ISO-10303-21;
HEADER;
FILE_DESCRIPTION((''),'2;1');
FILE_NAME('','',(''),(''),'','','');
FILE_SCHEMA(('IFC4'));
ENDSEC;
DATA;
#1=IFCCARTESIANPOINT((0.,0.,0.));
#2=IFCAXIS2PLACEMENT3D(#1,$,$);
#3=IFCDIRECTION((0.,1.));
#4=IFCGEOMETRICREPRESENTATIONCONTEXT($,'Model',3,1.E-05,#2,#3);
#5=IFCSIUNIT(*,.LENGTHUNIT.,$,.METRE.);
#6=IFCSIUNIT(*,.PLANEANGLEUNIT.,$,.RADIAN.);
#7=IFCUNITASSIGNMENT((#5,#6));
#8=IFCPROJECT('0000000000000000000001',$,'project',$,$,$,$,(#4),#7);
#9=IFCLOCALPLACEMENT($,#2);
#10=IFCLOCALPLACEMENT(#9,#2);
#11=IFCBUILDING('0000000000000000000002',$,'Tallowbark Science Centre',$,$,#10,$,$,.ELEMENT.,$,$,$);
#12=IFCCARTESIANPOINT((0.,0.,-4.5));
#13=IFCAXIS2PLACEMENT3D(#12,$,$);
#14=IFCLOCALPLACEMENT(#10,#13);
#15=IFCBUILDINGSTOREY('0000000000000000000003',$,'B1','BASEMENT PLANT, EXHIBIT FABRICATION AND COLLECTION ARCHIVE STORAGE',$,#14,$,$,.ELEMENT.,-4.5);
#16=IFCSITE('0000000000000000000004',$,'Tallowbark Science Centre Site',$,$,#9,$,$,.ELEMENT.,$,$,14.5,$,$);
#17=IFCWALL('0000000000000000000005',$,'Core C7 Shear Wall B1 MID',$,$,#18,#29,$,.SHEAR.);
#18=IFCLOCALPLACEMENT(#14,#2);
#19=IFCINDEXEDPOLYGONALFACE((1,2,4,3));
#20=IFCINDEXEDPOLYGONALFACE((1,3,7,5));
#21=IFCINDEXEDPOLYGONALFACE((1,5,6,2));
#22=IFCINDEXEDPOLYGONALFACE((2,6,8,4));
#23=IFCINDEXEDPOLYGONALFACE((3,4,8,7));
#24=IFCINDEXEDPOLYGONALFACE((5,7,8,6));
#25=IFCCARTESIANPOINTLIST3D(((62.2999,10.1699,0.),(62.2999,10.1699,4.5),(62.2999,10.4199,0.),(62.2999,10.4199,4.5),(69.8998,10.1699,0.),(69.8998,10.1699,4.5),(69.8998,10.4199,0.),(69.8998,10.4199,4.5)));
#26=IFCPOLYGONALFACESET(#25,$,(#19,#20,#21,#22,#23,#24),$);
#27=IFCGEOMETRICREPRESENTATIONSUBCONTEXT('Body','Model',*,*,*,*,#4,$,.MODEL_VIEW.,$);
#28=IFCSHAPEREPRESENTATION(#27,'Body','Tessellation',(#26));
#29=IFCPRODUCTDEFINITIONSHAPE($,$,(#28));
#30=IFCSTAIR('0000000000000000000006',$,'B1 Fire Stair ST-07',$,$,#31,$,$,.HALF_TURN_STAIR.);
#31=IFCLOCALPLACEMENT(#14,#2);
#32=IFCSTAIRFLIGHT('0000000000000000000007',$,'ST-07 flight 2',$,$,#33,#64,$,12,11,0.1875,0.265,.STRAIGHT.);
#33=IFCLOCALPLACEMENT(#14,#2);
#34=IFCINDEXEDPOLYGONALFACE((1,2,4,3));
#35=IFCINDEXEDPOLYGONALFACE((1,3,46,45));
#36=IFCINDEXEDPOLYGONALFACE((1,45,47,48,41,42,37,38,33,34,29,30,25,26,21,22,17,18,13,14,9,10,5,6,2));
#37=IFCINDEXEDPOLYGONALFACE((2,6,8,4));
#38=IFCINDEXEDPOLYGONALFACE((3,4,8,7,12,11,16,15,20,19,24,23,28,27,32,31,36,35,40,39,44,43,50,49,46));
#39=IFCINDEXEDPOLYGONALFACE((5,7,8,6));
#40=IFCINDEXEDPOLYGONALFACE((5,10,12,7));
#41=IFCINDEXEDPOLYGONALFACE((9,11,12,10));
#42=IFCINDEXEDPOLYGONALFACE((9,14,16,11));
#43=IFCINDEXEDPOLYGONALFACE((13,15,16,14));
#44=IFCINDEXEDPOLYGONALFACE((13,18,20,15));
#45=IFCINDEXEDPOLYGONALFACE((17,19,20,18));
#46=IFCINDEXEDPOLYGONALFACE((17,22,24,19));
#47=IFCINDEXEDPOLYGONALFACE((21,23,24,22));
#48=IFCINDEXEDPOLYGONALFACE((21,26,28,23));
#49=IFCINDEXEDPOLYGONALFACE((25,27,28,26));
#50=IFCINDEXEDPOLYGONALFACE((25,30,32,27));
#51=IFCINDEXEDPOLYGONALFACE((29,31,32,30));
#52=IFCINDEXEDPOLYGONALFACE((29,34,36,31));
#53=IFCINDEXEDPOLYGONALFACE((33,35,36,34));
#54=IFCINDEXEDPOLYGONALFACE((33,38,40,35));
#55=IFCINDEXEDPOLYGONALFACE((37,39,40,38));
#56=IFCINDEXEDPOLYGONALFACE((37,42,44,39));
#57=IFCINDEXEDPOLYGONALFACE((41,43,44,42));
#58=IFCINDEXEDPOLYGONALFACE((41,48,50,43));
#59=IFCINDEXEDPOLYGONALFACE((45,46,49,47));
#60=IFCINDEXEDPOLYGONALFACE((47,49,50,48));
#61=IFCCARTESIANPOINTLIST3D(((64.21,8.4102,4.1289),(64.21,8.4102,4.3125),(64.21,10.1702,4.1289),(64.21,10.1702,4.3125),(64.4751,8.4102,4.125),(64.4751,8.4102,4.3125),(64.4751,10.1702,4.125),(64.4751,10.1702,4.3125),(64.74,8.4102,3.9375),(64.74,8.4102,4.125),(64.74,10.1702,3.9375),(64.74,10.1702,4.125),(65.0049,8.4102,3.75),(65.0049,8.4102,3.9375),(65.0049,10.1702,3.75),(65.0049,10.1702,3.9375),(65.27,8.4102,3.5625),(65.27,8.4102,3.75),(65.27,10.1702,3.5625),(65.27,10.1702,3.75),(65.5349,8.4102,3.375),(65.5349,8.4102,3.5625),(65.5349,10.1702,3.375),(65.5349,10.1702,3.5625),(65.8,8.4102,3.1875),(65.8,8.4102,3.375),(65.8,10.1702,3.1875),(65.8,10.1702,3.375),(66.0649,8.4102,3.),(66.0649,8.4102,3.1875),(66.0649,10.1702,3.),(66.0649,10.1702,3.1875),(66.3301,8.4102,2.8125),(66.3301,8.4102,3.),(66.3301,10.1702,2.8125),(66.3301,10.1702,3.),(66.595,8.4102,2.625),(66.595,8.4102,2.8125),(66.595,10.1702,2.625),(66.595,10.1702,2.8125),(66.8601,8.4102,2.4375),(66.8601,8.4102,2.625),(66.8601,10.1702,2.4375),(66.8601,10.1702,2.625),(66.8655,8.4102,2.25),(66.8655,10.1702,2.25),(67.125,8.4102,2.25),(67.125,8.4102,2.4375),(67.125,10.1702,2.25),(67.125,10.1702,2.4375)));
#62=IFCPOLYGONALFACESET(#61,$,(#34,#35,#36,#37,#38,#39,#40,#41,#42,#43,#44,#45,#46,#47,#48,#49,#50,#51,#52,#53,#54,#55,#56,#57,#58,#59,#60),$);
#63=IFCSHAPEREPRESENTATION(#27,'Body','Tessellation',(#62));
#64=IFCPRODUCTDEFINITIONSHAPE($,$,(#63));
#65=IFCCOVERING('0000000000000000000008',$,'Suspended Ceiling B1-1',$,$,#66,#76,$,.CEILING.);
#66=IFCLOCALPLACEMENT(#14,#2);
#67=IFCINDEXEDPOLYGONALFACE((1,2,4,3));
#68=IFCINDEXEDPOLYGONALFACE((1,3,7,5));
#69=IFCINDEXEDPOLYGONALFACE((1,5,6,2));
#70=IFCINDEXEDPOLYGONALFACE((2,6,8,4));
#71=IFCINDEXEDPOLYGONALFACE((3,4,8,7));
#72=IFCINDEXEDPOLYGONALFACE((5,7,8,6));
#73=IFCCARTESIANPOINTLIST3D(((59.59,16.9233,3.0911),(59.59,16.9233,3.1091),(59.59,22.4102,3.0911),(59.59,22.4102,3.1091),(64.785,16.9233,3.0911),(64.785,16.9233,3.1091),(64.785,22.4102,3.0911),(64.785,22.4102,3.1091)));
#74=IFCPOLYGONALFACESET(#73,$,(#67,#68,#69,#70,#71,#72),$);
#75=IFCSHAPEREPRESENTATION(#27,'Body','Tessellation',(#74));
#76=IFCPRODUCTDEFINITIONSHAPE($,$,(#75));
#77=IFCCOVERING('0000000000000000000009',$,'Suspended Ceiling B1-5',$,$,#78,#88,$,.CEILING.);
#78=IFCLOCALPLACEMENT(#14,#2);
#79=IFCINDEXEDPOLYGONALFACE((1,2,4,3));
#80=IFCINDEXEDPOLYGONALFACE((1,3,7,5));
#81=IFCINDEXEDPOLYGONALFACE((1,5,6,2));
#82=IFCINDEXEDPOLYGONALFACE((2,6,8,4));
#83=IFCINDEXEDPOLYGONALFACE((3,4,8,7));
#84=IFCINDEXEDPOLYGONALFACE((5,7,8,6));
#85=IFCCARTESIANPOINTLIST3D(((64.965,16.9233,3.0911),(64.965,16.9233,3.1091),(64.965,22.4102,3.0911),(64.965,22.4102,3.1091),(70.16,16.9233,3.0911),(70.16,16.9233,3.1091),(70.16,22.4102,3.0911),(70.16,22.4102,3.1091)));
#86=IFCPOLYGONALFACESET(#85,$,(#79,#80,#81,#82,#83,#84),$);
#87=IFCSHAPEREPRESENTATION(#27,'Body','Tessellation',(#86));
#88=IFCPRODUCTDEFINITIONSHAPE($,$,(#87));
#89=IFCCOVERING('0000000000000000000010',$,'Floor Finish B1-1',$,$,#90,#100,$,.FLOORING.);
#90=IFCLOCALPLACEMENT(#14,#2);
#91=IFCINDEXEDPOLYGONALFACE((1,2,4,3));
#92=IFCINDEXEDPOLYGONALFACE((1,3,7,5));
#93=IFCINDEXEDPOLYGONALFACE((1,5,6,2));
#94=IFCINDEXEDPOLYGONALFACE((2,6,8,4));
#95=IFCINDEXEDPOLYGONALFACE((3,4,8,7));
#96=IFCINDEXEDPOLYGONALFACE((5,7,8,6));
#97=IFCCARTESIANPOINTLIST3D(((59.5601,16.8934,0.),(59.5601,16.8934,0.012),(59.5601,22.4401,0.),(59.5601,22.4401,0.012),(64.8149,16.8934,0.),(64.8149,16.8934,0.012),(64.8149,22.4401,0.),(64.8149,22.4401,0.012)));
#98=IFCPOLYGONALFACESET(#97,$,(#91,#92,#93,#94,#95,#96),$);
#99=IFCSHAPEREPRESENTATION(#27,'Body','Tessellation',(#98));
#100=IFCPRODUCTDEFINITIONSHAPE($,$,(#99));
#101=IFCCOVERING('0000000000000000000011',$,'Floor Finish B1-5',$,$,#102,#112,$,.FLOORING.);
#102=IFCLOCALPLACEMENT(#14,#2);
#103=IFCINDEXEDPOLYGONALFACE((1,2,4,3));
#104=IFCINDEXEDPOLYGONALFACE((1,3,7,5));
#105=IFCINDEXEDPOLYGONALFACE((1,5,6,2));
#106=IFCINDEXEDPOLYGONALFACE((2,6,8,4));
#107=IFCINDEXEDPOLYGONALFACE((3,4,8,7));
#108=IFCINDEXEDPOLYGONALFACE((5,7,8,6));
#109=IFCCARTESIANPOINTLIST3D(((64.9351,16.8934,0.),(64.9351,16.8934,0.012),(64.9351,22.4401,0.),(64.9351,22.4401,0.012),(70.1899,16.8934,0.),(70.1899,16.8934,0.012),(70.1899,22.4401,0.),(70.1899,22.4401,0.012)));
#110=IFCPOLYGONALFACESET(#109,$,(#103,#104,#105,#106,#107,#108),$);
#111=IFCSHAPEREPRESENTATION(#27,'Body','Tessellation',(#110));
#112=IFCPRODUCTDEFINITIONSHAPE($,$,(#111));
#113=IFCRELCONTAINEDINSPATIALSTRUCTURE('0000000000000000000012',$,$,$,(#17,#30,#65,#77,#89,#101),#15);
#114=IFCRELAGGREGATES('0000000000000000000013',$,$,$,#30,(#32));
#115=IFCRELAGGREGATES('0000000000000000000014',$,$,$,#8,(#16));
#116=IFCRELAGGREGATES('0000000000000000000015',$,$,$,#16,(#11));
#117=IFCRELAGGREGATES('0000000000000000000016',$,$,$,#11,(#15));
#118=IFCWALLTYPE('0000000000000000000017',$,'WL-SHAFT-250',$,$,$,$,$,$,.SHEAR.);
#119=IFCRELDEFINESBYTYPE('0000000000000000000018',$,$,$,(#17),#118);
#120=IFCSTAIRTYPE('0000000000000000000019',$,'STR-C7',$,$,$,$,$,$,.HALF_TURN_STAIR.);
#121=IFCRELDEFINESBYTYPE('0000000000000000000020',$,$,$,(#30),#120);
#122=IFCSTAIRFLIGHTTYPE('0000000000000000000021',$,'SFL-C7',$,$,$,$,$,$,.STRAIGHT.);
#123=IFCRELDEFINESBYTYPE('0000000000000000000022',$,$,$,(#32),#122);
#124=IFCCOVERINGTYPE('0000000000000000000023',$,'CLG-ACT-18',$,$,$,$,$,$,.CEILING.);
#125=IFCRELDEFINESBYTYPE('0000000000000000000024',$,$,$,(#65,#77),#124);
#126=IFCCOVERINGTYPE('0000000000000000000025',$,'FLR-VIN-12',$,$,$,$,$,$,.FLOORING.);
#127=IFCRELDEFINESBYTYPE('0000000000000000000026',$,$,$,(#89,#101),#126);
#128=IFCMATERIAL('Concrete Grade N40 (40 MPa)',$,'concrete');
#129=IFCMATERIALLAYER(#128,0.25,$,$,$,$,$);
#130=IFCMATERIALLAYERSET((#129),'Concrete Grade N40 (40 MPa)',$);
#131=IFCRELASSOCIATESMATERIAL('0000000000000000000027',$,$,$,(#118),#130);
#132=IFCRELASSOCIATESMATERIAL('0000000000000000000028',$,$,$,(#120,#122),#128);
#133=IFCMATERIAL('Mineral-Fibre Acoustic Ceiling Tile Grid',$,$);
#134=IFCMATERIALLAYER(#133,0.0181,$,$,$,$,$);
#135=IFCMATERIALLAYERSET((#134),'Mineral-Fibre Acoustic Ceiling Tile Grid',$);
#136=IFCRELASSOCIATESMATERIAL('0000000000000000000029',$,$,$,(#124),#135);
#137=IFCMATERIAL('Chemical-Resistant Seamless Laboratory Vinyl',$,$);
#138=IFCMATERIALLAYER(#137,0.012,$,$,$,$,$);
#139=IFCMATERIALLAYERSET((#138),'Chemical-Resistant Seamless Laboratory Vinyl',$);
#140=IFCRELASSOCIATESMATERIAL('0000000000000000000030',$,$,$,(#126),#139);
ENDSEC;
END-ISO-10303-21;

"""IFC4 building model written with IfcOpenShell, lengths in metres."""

from ifc_helpers import new_model, si_unit, direction, frame, frame_2d, origin, origin_2d, place, context, subcontext, project, spatial, polyline, rectangle, outline, extrude, material, layer, layer_set, type_object, element, aggregate, save


model = new_model("IFC4")

# Units and contexts
model_context = context("Model", 3, precision=1e-05, world=origin(), true_north=direction((0.0, 1.0)))
body_context = subcontext(model_context, "Body", "Model", "MODEL_VIEW")
ifc_project = project(units=[si_unit("LENGTHUNIT", "METRE"), si_unit("PLANEANGLEUNIT", "RADIAN")], contexts=[model_context])

# Site, building, storey
site_placement = place(None, origin())
site = spatial("IfcSite", under=ifc_project, at=site_placement, Name="Tallowbark Science Centre Site", CompositionType="ELEMENT", RefElevation=14.5)
building_placement = place(site_placement, origin())
building = spatial("IfcBuilding", under=site, at=building_placement, Name="Tallowbark Science Centre", CompositionType="ELEMENT")
storey_placement = place(building_placement, frame((0.0, 0.0, -4.5)))
storey = spatial("IfcBuildingStorey", under=building, at=storey_placement, Name="B1", Description="BASEMENT PLANT, EXHIBIT FABRICATION AND COLLECTION ARCHIVE STORAGE", CompositionType="ELEMENT", Elevation=-4.5)

# Shared definitions
ifc_material_1 = material(Name="Concrete Grade N40 (40 MPa)", Category="concrete")

# Wall
ifc_layer_1 = layer(ifc_material_1, 0.25)
ifc_layer_set_1 = layer_set([ifc_layer_1], Name="Concrete Grade N40 (40 MPa)")
wall_type_1 = type_object("IfcWallType", Name="WL-SHAFT-250", PredefinedType="SHEAR", material=ifc_layer_set_1)
wall_1_placement = place(storey_placement, frame((62.3, 10.2949, 0.0), z_axis=(0.0, 0.0, 1.0), x_axis=(1.0, 0.0, 0.0)))
element("IfcWall", 1, at=wall_1_placement, inside=storey, type_object=wall_type_1, Name="Core C7 Shear Wall B1 MID", PredefinedType="SHEAR", context=body_context, shape_type="SweptSolid", body=[
    extrude(rectangle(XDim=7.5999, YDim=0.25, at=frame_2d((3.7998, 0.0))), origin(), (0.0, 0.0, 1.0), 4.5),
])

# Stair, stair flight
stair_type = type_object("IfcStairType", Name="STR-C7", PredefinedType="HALF_TURN_STAIR", material=ifc_material_1)
stair_placement = place(storey_placement, origin())
stair = element("IfcStair", 2, at=stair_placement, inside=storey, type_object=stair_type, Name="B1 Fire Stair ST-07", PredefinedType="HALF_TURN_STAIR")
stair_flight_type = type_object("IfcStairFlightType", Name="SFL-C7", PredefinedType="STRAIGHT", material=ifc_material_1)
stair_flight_placement = place(storey_placement, frame((67.125, 9.29, 2.25), z_axis=(0.0, 0.0, 1.0), x_axis=(-1.0, 0.0, 0.0)))
stair_flight = element("IfcStairFlight", 3, at=stair_flight_placement, type_object=stair_flight_type, Name="ST-07 flight 2", NumberOfRisers=12, NumberOfTreads=11, PredefinedType="STRAIGHT", RiserHeight=0.1875, TreadLength=0.265, context=body_context, shape_type="SweptSolid", body=[
    extrude(outline(polyline([(0.0, 0.0), (0.0, 0.1875), (0.2649, 0.1875), (0.2649, 0.375), (0.53, 0.375), (0.53, 0.5625), (0.7949, 0.5625), (0.7949, 0.75), (1.0601, 0.75), (1.0601, 0.9375), (1.325, 0.9375), (1.325, 1.125), (1.5901, 1.125), (1.5901, 1.3125), (1.855, 1.3125), (1.855, 1.5), (2.1201, 1.5), (2.1201, 1.6875), (2.385, 1.6875), (2.385, 1.875), (2.6499, 1.875), (2.6499, 2.0625), (2.915, 2.0625), (2.915, 2.25), (2.915, 1.8789), (0.2595, 0.0), (0.0, 0.0)])), frame((0.0, 0.8799, 0.0), z_axis=(0.0, -1.0, 0.0), x_axis=(1.0, 0.0, 0.0)), (0.0, 0.0, 1.0), 1.76),
])
aggregate(stair, [stair_flight])

# Coverings
ifc_material_2 = material(Name="Mineral-Fibre Acoustic Ceiling Tile Grid")
ifc_layer_2 = layer(ifc_material_2, 0.0181)
ifc_layer_set_2 = layer_set([ifc_layer_2], Name="Mineral-Fibre Acoustic Ceiling Tile Grid")
covering_type_1 = type_object("IfcCoveringType", Name="CLG-ACT-18", PredefinedType="CEILING", material=ifc_layer_set_2)
for number, where, z_axis, x_axis, name in (
    (4, (62.1875, 19.6667, 3.0911), (0.0, 0.0, 1.0), (1.0, 0.0, 0.0), "Suspended Ceiling B1-1"),
    (5, (67.5625, 19.6667, 3.0911), (0.0, 0.0, 1.0), (1.0, 0.0, 0.0), "Suspended Ceiling B1-5"),
):
    element("IfcCovering", number, at=place(storey_placement, frame(where, z_axis=z_axis, x_axis=x_axis)), inside=storey, type_object=covering_type_1, Name=name, PredefinedType="CEILING", context=body_context, shape_type="SweptSolid", body=[
        extrude(rectangle(XDim=5.1951, YDim=5.4868, at=origin_2d()), origin(), (0.0, 0.0, 1.0), 0.0181),
    ])
ifc_material_3 = material(Name="Chemical-Resistant Seamless Laboratory Vinyl")
ifc_layer_3 = layer(ifc_material_3, 0.012)
ifc_layer_set_3 = layer_set([ifc_layer_3], Name="Chemical-Resistant Seamless Laboratory Vinyl")
covering_type_2 = type_object("IfcCoveringType", Name="FLR-VIN-12", PredefinedType="FLOORING", material=ifc_layer_set_3)
for number, where, z_axis, x_axis, name in (
    (6, (62.1875, 19.6667, 0.0), (0.0, 0.0, 1.0), (1.0, 0.0, 0.0), "Floor Finish B1-1"),
    (7, (67.5625, 19.6667, 0.0), (0.0, 0.0, 1.0), (1.0, 0.0, 0.0), "Floor Finish B1-5"),
):
    element("IfcCovering", number, at=place(storey_placement, frame(where, z_axis=z_axis, x_axis=x_axis)), inside=storey, type_object=covering_type_2, Name=name, PredefinedType="FLOORING", context=body_context, shape_type="SweptSolid", body=[
        extrude(rectangle(XDim=5.2549, YDim=5.5466, at=origin_2d()), origin(), (0.0, 0.0, 1.0), 0.012),
    ])

save(model, "model.ifc")
